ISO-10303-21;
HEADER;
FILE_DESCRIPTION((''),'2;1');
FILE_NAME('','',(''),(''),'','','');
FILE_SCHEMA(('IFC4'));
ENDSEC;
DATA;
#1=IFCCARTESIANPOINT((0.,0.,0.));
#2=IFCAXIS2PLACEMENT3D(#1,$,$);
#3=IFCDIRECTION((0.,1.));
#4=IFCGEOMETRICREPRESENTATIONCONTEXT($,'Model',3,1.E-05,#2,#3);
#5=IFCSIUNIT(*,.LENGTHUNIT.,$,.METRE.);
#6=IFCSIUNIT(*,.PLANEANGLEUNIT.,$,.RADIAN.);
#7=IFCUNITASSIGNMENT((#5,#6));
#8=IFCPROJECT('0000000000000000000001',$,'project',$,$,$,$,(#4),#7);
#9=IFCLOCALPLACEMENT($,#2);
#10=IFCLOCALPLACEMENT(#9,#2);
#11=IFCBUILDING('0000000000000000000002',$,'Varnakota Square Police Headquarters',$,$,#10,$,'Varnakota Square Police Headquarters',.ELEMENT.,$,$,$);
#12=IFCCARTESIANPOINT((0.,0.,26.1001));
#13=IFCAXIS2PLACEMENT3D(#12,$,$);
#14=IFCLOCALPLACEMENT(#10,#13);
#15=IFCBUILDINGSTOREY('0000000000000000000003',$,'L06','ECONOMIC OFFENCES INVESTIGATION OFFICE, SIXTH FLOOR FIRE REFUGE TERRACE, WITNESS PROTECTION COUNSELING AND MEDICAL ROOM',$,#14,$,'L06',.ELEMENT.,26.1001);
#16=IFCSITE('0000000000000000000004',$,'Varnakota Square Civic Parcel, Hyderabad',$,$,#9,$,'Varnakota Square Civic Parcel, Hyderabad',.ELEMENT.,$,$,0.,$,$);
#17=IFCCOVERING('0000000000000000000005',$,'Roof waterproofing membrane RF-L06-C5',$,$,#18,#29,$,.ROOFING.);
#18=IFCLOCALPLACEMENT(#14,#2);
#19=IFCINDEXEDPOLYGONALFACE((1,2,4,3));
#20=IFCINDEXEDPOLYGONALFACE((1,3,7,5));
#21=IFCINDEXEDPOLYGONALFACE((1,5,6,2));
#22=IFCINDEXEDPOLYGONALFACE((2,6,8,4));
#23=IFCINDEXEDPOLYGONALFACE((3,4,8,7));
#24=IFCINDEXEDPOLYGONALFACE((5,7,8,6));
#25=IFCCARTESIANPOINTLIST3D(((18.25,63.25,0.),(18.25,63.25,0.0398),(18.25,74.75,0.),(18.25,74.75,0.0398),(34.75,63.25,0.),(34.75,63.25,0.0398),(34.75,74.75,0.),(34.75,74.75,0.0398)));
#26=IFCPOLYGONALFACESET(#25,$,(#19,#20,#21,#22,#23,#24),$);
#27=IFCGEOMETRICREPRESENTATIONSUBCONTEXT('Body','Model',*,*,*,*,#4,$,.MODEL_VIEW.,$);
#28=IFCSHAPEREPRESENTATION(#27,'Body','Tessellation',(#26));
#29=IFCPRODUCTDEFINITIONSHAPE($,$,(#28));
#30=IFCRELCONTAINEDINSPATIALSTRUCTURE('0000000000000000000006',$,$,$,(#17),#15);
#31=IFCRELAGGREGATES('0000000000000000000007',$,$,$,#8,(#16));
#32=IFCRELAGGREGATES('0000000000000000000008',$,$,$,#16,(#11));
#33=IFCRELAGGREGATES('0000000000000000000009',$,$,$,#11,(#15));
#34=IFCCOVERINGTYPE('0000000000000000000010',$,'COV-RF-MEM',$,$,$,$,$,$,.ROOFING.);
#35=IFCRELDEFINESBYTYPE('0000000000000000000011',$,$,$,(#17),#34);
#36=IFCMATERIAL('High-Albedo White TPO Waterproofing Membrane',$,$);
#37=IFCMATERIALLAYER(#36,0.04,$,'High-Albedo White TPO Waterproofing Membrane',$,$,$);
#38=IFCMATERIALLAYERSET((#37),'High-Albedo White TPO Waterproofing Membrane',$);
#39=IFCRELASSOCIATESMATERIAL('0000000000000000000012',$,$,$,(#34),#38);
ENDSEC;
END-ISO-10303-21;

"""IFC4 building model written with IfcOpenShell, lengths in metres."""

from ifc_helpers import new_model, si_unit, direction, frame, origin, place, context, subcontext, project, spatial, polyline, outline, extrude, material, layer, layer_set, type_object, element, save


model = new_model("IFC4")

# Units and contexts
model_context = context("Model", 3, precision=1e-05, world=origin(), true_north=direction((0.0, 1.0)))
body_context = subcontext(model_context, "Body", "Model", "MODEL_VIEW")
ifc_project = project(units=[si_unit("LENGTHUNIT", "METRE"), si_unit("PLANEANGLEUNIT", "RADIAN")], contexts=[model_context])

# Site, building, storey
site_placement = place(None, origin())
site = spatial("IfcSite", under=ifc_project, at=site_placement, Name="Varnakota Square Civic Parcel, Hyderabad", LongName="Varnakota Square Civic Parcel, Hyderabad", CompositionType="ELEMENT", RefElevation=0.0)
building_placement = place(site_placement, origin())
building = spatial("IfcBuilding", under=site, at=building_placement, Name="Varnakota Square Police Headquarters", LongName="Varnakota Square Police Headquarters", CompositionType="ELEMENT")
storey_placement = place(building_placement, frame((0.0, 0.0, 26.1001)))
storey = spatial("IfcBuildingStorey", under=building, at=storey_placement, Name="L06", Description="ECONOMIC OFFENCES INVESTIGATION OFFICE, SIXTH FLOOR FIRE REFUGE TERRACE, WITNESS PROTECTION COUNSELING AND MEDICAL ROOM", LongName="L06", CompositionType="ELEMENT", Elevation=26.1001)

# Covering
ifc_material_1 = material(Name="High-Albedo White TPO Waterproofing Membrane")
ifc_layer_1 = layer(ifc_material_1, 0.04, Name="High-Albedo White TPO Waterproofing Membrane")
ifc_layer_set_1 = layer_set([ifc_layer_1], Name="High-Albedo White TPO Waterproofing Membrane")
covering_type_1 = type_object("IfcCoveringType", Name="COV-RF-MEM", PredefinedType="ROOFING", material=ifc_layer_set_1)
covering_1_placement = place(storey_placement, origin())
element("IfcCovering", 1, at=covering_1_placement, inside=storey, type_object=covering_type_1, Name="Roof waterproofing membrane RF-L06-C5", PredefinedType="ROOFING", context=body_context, shape_type="SweptSolid", body=[
    extrude(outline(polyline([(18.25, 63.25), (34.75, 63.25), (34.75, 74.75), (18.25, 74.75), (18.25, 63.25)])), origin(), (0.0, 0.0, 1.0), 0.0398),
])

save(model, "model.ifc")
